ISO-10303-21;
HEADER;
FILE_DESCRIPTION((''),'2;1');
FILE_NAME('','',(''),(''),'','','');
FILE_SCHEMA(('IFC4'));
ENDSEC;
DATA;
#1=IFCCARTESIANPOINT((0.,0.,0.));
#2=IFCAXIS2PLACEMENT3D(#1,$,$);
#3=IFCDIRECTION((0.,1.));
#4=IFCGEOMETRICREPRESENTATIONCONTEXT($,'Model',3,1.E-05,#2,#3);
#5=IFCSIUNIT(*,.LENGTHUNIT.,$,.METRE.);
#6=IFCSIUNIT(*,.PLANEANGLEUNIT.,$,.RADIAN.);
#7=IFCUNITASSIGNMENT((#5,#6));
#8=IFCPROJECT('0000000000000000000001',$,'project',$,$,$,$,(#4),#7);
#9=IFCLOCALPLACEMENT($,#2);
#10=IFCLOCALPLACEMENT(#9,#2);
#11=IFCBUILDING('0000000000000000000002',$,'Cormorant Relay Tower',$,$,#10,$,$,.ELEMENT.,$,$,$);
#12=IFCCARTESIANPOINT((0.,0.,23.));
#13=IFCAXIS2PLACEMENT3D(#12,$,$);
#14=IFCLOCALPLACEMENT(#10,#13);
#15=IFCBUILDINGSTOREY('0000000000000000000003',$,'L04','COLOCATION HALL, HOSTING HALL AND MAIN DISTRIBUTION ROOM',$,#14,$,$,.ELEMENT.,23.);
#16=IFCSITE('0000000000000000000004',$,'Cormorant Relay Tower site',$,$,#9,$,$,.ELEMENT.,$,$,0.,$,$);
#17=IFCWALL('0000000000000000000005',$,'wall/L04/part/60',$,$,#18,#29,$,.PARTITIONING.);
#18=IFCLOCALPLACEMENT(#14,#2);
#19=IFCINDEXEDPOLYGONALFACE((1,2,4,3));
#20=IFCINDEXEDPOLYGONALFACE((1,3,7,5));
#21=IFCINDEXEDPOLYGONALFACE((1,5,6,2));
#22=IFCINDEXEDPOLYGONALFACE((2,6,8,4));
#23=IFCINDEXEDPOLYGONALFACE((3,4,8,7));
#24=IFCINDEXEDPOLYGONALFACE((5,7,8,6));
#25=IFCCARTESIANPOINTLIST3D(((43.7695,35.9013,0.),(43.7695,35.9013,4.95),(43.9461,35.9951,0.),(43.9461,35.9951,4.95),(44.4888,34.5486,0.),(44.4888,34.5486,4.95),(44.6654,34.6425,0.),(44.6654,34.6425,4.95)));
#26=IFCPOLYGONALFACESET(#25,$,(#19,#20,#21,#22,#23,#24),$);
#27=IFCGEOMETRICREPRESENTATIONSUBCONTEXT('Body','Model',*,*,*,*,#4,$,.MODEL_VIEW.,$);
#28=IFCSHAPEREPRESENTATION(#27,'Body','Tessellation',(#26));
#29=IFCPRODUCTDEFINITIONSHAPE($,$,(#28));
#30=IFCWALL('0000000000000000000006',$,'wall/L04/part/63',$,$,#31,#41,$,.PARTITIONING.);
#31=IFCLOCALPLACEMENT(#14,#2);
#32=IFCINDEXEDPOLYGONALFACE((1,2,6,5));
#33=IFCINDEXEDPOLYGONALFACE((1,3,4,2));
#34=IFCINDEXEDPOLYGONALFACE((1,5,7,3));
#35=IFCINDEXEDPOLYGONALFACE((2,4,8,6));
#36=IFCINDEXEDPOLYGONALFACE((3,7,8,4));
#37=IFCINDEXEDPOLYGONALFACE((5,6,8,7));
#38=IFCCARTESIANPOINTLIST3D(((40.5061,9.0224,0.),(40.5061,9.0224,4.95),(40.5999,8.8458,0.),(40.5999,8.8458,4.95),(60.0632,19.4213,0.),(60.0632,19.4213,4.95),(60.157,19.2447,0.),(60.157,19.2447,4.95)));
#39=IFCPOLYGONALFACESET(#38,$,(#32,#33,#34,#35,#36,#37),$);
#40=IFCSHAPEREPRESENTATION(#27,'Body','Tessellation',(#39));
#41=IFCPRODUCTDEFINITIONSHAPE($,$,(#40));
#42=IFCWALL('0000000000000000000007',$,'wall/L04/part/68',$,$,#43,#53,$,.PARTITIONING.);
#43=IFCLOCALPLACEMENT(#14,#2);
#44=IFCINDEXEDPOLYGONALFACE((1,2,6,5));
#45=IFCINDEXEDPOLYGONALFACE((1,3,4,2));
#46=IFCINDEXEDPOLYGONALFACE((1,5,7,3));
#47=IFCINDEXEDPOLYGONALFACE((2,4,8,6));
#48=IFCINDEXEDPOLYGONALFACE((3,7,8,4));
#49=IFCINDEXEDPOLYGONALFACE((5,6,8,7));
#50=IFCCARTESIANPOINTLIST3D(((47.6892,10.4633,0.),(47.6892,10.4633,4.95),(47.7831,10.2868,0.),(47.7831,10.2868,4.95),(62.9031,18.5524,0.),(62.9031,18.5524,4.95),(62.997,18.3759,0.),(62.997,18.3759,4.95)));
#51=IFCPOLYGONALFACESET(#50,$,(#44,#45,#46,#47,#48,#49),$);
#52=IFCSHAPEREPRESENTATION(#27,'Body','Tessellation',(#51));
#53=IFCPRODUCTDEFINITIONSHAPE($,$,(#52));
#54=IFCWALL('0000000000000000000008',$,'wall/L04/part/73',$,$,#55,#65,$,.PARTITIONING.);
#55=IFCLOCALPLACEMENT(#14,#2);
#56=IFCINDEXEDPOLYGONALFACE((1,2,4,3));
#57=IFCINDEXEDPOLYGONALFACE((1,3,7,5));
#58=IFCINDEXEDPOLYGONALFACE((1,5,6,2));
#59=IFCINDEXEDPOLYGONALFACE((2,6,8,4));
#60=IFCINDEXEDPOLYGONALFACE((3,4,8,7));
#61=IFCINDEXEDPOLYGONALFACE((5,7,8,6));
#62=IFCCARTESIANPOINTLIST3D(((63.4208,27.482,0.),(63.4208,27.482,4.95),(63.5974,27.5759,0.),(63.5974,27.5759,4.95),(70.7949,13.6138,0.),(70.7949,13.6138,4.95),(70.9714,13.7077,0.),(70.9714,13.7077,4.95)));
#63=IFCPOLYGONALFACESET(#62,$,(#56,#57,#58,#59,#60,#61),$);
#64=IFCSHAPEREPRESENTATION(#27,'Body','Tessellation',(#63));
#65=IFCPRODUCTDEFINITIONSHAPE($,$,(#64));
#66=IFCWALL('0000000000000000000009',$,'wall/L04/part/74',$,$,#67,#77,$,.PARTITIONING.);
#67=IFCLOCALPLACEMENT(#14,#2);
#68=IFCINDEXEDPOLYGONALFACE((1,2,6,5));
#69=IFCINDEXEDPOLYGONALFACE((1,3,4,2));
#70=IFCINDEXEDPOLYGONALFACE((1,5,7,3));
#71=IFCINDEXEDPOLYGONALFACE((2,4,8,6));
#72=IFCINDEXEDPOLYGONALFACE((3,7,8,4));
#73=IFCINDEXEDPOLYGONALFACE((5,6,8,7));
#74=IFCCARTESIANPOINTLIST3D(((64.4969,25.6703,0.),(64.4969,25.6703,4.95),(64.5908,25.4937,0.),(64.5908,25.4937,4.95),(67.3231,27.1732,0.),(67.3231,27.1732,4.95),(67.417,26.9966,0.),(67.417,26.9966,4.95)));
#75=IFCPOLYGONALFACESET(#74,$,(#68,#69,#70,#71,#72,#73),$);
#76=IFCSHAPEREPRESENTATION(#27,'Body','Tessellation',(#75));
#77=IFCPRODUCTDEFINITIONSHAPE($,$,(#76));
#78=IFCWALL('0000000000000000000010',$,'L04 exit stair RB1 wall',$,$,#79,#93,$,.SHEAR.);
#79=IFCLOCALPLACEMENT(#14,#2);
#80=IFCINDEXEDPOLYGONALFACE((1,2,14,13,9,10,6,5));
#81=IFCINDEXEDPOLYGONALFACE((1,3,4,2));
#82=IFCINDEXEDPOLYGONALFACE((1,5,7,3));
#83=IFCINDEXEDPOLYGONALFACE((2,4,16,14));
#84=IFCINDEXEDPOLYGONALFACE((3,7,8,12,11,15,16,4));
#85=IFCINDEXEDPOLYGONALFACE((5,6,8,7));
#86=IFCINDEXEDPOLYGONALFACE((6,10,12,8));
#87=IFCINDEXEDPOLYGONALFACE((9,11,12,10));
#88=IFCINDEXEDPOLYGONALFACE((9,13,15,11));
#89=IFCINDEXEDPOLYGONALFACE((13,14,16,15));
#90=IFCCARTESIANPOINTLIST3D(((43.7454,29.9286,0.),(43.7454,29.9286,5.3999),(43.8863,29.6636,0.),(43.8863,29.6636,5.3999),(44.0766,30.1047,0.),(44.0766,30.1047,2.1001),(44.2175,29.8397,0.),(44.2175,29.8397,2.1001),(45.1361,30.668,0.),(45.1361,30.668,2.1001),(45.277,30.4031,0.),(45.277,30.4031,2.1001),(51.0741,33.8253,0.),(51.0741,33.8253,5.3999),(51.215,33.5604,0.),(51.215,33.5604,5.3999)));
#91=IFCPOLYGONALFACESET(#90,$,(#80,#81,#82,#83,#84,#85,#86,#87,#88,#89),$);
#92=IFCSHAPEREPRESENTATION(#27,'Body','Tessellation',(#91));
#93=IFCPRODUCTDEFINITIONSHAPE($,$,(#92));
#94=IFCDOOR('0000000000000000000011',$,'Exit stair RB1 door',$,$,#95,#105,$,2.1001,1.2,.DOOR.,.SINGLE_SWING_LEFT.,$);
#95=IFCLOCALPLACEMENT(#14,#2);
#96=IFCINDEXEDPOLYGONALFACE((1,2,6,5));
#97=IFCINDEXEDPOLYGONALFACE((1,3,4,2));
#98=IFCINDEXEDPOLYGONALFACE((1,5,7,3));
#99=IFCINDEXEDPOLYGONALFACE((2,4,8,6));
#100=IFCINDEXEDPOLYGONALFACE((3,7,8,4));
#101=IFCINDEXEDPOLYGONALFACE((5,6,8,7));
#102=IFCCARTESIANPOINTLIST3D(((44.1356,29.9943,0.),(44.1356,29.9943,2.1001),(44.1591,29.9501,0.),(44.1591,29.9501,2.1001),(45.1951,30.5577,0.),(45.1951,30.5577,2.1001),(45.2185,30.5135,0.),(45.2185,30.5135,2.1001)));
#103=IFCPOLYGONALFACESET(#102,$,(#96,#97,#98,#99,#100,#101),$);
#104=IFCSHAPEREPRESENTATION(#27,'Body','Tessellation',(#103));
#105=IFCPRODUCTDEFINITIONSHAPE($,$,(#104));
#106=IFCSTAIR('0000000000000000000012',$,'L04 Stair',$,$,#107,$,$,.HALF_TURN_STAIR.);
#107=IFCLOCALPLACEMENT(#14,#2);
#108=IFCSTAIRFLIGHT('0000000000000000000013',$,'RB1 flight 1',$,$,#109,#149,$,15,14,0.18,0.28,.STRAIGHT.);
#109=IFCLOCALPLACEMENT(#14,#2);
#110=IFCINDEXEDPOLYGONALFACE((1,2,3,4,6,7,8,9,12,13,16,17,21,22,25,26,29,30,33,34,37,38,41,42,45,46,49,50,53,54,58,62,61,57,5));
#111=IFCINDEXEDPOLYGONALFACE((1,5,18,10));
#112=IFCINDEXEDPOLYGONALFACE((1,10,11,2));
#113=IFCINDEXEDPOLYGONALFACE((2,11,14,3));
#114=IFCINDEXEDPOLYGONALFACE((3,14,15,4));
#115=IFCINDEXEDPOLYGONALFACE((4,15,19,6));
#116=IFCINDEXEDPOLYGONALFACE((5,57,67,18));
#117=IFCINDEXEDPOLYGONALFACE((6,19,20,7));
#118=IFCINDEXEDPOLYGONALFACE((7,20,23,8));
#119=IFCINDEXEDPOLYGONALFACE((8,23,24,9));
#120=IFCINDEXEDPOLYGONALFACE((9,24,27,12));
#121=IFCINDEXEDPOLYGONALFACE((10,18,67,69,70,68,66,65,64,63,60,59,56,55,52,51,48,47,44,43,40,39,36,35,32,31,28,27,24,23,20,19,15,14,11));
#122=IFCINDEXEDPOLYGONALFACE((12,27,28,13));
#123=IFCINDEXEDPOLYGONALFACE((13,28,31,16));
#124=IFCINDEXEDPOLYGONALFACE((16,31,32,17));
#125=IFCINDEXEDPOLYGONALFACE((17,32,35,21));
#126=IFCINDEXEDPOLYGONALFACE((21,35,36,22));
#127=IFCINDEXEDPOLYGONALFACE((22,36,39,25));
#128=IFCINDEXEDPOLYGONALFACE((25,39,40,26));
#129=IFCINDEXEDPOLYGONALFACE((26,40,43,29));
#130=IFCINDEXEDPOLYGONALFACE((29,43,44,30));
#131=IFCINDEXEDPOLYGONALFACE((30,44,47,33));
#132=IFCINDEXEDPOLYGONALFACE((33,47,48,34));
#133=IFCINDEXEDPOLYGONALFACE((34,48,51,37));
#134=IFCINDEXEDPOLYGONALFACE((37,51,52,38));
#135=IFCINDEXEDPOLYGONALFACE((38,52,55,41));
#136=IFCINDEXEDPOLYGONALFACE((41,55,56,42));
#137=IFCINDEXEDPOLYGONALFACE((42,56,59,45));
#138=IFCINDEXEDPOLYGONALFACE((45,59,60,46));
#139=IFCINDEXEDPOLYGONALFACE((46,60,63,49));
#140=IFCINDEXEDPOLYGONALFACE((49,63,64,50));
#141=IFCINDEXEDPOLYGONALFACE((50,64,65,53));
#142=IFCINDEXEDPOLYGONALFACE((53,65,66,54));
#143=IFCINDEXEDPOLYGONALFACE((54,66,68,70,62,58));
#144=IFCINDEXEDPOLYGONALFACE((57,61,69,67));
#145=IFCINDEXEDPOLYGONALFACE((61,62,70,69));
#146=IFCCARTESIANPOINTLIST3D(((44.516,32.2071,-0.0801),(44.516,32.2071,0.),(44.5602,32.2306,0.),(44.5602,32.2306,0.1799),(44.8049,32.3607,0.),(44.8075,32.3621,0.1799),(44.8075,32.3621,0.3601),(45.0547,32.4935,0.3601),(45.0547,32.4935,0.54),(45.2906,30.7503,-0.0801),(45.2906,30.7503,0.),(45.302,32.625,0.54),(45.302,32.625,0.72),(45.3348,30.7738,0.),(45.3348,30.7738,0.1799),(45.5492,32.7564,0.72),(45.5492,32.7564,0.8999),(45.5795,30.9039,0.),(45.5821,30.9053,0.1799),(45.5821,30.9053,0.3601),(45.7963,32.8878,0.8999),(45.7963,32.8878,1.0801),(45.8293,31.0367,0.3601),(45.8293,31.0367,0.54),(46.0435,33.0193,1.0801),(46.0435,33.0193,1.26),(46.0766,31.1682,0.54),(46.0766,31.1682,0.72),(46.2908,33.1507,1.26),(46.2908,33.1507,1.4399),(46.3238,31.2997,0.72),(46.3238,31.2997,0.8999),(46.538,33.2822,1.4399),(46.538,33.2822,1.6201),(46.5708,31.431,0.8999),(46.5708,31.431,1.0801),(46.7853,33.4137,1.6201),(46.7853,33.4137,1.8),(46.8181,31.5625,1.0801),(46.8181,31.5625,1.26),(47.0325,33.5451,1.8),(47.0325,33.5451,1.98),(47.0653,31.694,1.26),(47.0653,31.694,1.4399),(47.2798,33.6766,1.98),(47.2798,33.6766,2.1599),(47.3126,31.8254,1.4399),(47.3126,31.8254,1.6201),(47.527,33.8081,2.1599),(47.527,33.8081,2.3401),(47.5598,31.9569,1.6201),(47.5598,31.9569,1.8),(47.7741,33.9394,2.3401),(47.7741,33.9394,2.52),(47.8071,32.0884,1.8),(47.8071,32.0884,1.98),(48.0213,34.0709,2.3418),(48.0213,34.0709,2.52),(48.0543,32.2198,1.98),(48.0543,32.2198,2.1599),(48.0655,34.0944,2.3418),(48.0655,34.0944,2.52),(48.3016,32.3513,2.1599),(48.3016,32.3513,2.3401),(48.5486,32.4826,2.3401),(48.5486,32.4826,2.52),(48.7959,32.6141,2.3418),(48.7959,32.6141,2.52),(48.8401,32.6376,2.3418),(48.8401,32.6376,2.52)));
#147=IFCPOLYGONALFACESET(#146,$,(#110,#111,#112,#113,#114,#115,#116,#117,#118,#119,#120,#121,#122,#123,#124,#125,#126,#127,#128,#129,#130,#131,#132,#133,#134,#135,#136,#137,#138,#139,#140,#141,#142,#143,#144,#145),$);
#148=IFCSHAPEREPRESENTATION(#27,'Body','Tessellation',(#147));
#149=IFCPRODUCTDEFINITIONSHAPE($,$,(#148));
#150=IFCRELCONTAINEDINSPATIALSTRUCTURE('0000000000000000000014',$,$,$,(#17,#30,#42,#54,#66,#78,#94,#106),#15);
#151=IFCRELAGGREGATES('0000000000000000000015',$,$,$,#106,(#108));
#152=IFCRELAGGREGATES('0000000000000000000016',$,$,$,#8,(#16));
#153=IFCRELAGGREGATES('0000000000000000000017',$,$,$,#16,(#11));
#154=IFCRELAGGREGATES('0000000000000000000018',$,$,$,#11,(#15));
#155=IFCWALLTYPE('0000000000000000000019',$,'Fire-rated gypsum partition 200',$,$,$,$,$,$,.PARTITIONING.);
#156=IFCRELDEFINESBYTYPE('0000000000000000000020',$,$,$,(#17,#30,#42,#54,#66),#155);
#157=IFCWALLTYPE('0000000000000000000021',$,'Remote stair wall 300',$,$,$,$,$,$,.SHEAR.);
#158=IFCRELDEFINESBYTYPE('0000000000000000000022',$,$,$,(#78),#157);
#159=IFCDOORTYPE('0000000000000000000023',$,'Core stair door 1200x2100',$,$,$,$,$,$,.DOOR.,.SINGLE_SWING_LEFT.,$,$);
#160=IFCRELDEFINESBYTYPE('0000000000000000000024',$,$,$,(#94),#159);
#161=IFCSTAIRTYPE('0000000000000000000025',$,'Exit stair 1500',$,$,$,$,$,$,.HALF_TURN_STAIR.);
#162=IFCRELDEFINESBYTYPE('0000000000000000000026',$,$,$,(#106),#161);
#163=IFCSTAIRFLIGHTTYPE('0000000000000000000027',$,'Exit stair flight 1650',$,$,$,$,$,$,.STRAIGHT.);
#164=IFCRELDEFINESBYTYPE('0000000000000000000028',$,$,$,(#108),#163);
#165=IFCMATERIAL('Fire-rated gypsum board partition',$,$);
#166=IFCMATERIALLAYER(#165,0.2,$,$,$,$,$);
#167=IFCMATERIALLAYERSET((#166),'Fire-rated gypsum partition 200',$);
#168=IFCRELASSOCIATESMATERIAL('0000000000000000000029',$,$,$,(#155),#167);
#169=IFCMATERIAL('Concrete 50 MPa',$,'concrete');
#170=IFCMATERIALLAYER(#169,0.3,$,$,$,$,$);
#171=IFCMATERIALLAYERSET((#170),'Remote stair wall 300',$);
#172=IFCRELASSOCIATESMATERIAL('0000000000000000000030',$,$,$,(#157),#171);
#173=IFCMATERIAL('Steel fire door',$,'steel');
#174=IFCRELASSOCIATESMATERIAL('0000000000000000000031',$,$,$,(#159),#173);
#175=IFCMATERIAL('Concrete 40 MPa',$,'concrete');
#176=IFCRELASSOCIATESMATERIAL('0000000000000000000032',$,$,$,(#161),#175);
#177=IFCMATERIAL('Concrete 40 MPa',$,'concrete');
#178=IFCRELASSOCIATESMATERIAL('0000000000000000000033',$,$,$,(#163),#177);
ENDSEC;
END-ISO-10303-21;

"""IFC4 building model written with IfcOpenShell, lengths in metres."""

from ifc_helpers import new_model, si_unit, direction, frame, frame_2d, origin, place, context, subcontext, project, spatial, polyline, rectangle, outline, extrude, material, layer, layer_set, type_object, element, fill, aggregate, save


model = new_model("IFC4")

# Units and contexts
model_context = context("Model", 3, precision=1e-05, world=origin(), true_north=direction((0.0, 1.0)))
body_context = subcontext(model_context, "Body", "Model", "MODEL_VIEW")
ifc_project = project(units=[si_unit("LENGTHUNIT", "METRE"), si_unit("PLANEANGLEUNIT", "RADIAN")], contexts=[model_context])

# Site, building, storey
site_placement = place(None, origin())
site = spatial("IfcSite", under=ifc_project, at=site_placement, Name="Cormorant Relay Tower site", CompositionType="ELEMENT", RefElevation=0.0)
building_placement = place(site_placement, origin())
building = spatial("IfcBuilding", under=site, at=building_placement, Name="Cormorant Relay Tower", CompositionType="ELEMENT")
storey_placement = place(building_placement, frame((0.0, 0.0, 23.0)))
storey = spatial("IfcBuildingStorey", under=building, at=storey_placement, Name="L04", Description="COLOCATION HALL, HOSTING HALL AND MAIN DISTRIBUTION ROOM", CompositionType="ELEMENT", Elevation=23.0)

# Walls
ifc_material_1 = material(Name="Fire-rated gypsum board partition")
ifc_layer_1 = layer(ifc_material_1, 0.2)
ifc_layer_set_1 = layer_set([ifc_layer_1], Name="Fire-rated gypsum partition 200")
wall_type_1 = type_object("IfcWallType", Name="Fire-rated gypsum partition 200", PredefinedType="PARTITIONING", material=ifc_layer_set_1)
wall_1_placement = place(storey_placement, frame((44.5771, 34.5955, 0.0), z_axis=(0.0, 0.0, 1.0), x_axis=(-0.469513, 0.882926, 0.0)))
element("IfcWall", 1, at=wall_1_placement, inside=storey, type_object=wall_type_1, Name="wall/L04/part/60", PredefinedType="PARTITIONING", context=body_context, shape_type="SweptSolid", body=[
    extrude(rectangle(XDim=1.532, YDim=0.2, at=frame_2d((0.7661, 0.0))), origin(), (0.0, 0.0, 1.0), 4.95),
])
wall_2_placement = place(storey_placement, frame((60.1101, 19.333, 0.0), z_axis=(0.0, 0.0, 1.0), x_axis=(-0.882944, -0.469479, 0.0)))
element("IfcWall", 2, at=wall_2_placement, inside=storey, type_object=wall_type_1, Name="wall/L04/part/63", PredefinedType="PARTITIONING", context=body_context, shape_type="SweptSolid", body=[
    extrude(rectangle(XDim=22.1499, YDim=0.2, at=frame_2d((11.075, 0.0))), origin(), (0.0, 0.0, 1.0), 4.95),
])
wall_3_placement = place(storey_placement, frame((62.95, 18.4641, 0.0), z_axis=(0.0, 0.0, 1.0), x_axis=(-0.882953, -0.46946, 0.0)))
element("IfcWall", 3, at=wall_3_placement, inside=storey, type_object=wall_type_1, Name="wall/L04/part/68", PredefinedType="PARTITIONING", context=body_context, shape_type="SweptSolid", body=[
    extrude(rectangle(XDim=17.2307, YDim=0.2, at=frame_2d((8.6152, 0.0))), origin(), (0.0, 0.0, 1.0), 4.95),
])
wall_4_placement = place(storey_placement, frame((63.509, 27.5291, 0.0), z_axis=(0.0, 0.0, 1.0), x_axis=(0.469481, -0.882943, 0.0)))
element("IfcWall", 4, at=wall_4_placement, inside=storey, type_object=wall_type_1, Name="wall/L04/part/73", PredefinedType="PARTITIONING", context=body_context, shape_type="SweptSolid", body=[
    extrude(rectangle(XDim=15.7068, YDim=0.2, at=frame_2d((7.8535, 0.0))), origin(), (0.0, 0.0, 1.0), 4.95),
])
wall_5_placement = place(storey_placement, frame((67.3701, 27.085, 0.0), z_axis=(0.0, 0.0, 1.0), x_axis=(-0.882918, -0.469527, 0.0)))
element("IfcWall", 5, at=wall_5_placement, inside=storey, type_object=wall_type_1, Name="wall/L04/part/74", PredefinedType="PARTITIONING", context=body_context, shape_type="SweptSolid", body=[
    extrude(rectangle(XDim=3.2009, YDim=0.2, at=frame_2d((1.6006, 0.0))), origin(), (0.0, 0.0, 1.0), 4.95),
])

# Wall, opening, door
ifc_material_2 = material(Name="Concrete 50 MPa", Category="concrete")
ifc_layer_2 = layer(ifc_material_2, 0.3)
ifc_layer_set_2 = layer_set([ifc_layer_2], Name="Remote stair wall 300")
wall_type_2 = type_object("IfcWallType", Name="Remote stair wall 300", PredefinedType="SHEAR", material=ifc_layer_set_2)
wall_6_placement = place(storey_placement, frame((51.1445, 33.6929, 0.0), z_axis=(0.0, 0.0, 1.0), x_axis=(-0.882946, -0.469475, 0.0)))
wall_6 = element("IfcWall", 6, at=wall_6_placement, inside=storey, type_object=wall_type_2, Name="L04 exit stair RB1 wall", PredefinedType="SHEAR", context=body_context, shape_type="SweptSolid", body=[
    extrude(rectangle(XDim=8.3003, YDim=0.3, at=frame_2d((4.1501, 0.0))), origin(), (0.0, 0.0, 1.0), 5.3999),
])
opening_placement = place(wall_6_placement, frame((6.7251, 0.0, 0.0)))
opening = element("IfcOpeningElement", 7, at=opening_placement, cuts=wall_6, PredefinedType="OPENING", context=body_context, shape_type="SweptSolid", body=[
    extrude(rectangle(XDim=1.2, YDim=2.1001, at=frame_2d((0.6001, 1.05))), frame((0.0, 0.1599, 0.0), z_axis=(0.0, -1.0, 0.0), x_axis=(1.0, 0.0, 0.0)), (0.0, 0.0, 1.0), 0.3201),
])
ifc_material_3 = material(Name="Steel fire door", Category="steel")
door_type = type_object("IfcDoorType", Name="Core stair door 1200x2100", OperationType="SINGLE_SWING_LEFT", PredefinedType="DOOR", material=ifc_material_3)
door_placement = place(opening_placement, frame((1.2, 0.0, 0.0), z_axis=(0.0, 0.0, 1.0), x_axis=(-1.0, 0.0, 0.0)))
door = element("IfcDoor", 8, at=door_placement, inside=storey, type_object=door_type, Name="Exit stair RB1 door", OperationType="SINGLE_SWING_LEFT", OverallHeight=2.1001, OverallWidth=1.2, PredefinedType="DOOR", context=body_context, shape_type="SweptSolid", body=[
    extrude(rectangle(XDim=1.2, YDim=2.1001, at=frame_2d((0.6001, 1.05))), frame((0.0, 0.0249, 0.0), z_axis=(0.0, -1.0, 0.0), x_axis=(1.0, 0.0, 0.0)), (0.0, 0.0, 1.0), 0.05),
])
fill(opening, door)

# Stair, stair flight
ifc_material_4 = material(Name="Concrete 40 MPa", Category="concrete")
stair_type = type_object("IfcStairType", Name="Exit stair 1500", PredefinedType="HALF_TURN_STAIR", material=ifc_material_4)
stair_placement = place(storey_placement, origin())
stair = element("IfcStair", 9, at=stair_placement, inside=storey, type_object=stair_type, Name="L04 Stair", PredefinedType="HALF_TURN_STAIR")
ifc_material_5 = material(Name="Concrete 40 MPa", Category="concrete")
stair_flight_type = type_object("IfcStairFlightType", Name="Exit stair flight 1650", PredefinedType="STRAIGHT", material=ifc_material_5)
stair_flight_1_placement = place(storey_placement, frame((44.9475, 31.5022, 0.0), z_axis=(0.0, 0.0, 1.0), x_axis=(0.882948, 0.469472, 0.0)))
stair_flight_1 = element("IfcStairFlight", 10, at=stair_flight_1_placement, type_object=stair_flight_type, Name="RB1 flight 1", NumberOfRisers=15, NumberOfTreads=14, PredefinedType="STRAIGHT", RiserHeight=0.18, TreadLength=0.28, context=body_context, shape_type="SweptSolid", body=[
    extrude(outline(polyline([(-0.05, -0.0801), (-0.05, 0.0), (0.0, 0.0), (0.0, 0.1799), (0.28, 0.1799), (0.28, 0.3601), (0.5601, 0.3601), (0.5601, 0.54), (0.8401, 0.54), (0.8401, 0.72), (1.1201, 0.72), (1.1201, 0.8999), (1.3999, 0.8999), (1.3999, 1.0801), (1.6799, 1.0801), (1.6799, 1.26), (1.96, 1.26), (1.96, 1.4399), (2.24, 1.4399), (2.24, 1.6201), (2.52, 1.6201), (2.52, 1.8), (2.8, 1.8), (2.8, 1.98), (3.0801, 1.98), (3.0801, 2.1599), (3.3601, 2.1599), (3.3601, 2.3401), (3.6399, 2.3401), (3.6399, 2.52), (3.9199, 2.52), (3.97, 2.52), (3.97, 2.3418), (3.9199, 2.3418), (0.2771, 0.0), (-0.05, -0.0801)])), frame((0.0, 0.825, 0.0), z_axis=(0.0, -1.0, 0.0), x_axis=(1.0, 0.0, 0.0)), (0.0, 0.0, 1.0), 1.6499),
])
aggregate(stair, [stair_flight_1])

save(model, "model.ifc")
